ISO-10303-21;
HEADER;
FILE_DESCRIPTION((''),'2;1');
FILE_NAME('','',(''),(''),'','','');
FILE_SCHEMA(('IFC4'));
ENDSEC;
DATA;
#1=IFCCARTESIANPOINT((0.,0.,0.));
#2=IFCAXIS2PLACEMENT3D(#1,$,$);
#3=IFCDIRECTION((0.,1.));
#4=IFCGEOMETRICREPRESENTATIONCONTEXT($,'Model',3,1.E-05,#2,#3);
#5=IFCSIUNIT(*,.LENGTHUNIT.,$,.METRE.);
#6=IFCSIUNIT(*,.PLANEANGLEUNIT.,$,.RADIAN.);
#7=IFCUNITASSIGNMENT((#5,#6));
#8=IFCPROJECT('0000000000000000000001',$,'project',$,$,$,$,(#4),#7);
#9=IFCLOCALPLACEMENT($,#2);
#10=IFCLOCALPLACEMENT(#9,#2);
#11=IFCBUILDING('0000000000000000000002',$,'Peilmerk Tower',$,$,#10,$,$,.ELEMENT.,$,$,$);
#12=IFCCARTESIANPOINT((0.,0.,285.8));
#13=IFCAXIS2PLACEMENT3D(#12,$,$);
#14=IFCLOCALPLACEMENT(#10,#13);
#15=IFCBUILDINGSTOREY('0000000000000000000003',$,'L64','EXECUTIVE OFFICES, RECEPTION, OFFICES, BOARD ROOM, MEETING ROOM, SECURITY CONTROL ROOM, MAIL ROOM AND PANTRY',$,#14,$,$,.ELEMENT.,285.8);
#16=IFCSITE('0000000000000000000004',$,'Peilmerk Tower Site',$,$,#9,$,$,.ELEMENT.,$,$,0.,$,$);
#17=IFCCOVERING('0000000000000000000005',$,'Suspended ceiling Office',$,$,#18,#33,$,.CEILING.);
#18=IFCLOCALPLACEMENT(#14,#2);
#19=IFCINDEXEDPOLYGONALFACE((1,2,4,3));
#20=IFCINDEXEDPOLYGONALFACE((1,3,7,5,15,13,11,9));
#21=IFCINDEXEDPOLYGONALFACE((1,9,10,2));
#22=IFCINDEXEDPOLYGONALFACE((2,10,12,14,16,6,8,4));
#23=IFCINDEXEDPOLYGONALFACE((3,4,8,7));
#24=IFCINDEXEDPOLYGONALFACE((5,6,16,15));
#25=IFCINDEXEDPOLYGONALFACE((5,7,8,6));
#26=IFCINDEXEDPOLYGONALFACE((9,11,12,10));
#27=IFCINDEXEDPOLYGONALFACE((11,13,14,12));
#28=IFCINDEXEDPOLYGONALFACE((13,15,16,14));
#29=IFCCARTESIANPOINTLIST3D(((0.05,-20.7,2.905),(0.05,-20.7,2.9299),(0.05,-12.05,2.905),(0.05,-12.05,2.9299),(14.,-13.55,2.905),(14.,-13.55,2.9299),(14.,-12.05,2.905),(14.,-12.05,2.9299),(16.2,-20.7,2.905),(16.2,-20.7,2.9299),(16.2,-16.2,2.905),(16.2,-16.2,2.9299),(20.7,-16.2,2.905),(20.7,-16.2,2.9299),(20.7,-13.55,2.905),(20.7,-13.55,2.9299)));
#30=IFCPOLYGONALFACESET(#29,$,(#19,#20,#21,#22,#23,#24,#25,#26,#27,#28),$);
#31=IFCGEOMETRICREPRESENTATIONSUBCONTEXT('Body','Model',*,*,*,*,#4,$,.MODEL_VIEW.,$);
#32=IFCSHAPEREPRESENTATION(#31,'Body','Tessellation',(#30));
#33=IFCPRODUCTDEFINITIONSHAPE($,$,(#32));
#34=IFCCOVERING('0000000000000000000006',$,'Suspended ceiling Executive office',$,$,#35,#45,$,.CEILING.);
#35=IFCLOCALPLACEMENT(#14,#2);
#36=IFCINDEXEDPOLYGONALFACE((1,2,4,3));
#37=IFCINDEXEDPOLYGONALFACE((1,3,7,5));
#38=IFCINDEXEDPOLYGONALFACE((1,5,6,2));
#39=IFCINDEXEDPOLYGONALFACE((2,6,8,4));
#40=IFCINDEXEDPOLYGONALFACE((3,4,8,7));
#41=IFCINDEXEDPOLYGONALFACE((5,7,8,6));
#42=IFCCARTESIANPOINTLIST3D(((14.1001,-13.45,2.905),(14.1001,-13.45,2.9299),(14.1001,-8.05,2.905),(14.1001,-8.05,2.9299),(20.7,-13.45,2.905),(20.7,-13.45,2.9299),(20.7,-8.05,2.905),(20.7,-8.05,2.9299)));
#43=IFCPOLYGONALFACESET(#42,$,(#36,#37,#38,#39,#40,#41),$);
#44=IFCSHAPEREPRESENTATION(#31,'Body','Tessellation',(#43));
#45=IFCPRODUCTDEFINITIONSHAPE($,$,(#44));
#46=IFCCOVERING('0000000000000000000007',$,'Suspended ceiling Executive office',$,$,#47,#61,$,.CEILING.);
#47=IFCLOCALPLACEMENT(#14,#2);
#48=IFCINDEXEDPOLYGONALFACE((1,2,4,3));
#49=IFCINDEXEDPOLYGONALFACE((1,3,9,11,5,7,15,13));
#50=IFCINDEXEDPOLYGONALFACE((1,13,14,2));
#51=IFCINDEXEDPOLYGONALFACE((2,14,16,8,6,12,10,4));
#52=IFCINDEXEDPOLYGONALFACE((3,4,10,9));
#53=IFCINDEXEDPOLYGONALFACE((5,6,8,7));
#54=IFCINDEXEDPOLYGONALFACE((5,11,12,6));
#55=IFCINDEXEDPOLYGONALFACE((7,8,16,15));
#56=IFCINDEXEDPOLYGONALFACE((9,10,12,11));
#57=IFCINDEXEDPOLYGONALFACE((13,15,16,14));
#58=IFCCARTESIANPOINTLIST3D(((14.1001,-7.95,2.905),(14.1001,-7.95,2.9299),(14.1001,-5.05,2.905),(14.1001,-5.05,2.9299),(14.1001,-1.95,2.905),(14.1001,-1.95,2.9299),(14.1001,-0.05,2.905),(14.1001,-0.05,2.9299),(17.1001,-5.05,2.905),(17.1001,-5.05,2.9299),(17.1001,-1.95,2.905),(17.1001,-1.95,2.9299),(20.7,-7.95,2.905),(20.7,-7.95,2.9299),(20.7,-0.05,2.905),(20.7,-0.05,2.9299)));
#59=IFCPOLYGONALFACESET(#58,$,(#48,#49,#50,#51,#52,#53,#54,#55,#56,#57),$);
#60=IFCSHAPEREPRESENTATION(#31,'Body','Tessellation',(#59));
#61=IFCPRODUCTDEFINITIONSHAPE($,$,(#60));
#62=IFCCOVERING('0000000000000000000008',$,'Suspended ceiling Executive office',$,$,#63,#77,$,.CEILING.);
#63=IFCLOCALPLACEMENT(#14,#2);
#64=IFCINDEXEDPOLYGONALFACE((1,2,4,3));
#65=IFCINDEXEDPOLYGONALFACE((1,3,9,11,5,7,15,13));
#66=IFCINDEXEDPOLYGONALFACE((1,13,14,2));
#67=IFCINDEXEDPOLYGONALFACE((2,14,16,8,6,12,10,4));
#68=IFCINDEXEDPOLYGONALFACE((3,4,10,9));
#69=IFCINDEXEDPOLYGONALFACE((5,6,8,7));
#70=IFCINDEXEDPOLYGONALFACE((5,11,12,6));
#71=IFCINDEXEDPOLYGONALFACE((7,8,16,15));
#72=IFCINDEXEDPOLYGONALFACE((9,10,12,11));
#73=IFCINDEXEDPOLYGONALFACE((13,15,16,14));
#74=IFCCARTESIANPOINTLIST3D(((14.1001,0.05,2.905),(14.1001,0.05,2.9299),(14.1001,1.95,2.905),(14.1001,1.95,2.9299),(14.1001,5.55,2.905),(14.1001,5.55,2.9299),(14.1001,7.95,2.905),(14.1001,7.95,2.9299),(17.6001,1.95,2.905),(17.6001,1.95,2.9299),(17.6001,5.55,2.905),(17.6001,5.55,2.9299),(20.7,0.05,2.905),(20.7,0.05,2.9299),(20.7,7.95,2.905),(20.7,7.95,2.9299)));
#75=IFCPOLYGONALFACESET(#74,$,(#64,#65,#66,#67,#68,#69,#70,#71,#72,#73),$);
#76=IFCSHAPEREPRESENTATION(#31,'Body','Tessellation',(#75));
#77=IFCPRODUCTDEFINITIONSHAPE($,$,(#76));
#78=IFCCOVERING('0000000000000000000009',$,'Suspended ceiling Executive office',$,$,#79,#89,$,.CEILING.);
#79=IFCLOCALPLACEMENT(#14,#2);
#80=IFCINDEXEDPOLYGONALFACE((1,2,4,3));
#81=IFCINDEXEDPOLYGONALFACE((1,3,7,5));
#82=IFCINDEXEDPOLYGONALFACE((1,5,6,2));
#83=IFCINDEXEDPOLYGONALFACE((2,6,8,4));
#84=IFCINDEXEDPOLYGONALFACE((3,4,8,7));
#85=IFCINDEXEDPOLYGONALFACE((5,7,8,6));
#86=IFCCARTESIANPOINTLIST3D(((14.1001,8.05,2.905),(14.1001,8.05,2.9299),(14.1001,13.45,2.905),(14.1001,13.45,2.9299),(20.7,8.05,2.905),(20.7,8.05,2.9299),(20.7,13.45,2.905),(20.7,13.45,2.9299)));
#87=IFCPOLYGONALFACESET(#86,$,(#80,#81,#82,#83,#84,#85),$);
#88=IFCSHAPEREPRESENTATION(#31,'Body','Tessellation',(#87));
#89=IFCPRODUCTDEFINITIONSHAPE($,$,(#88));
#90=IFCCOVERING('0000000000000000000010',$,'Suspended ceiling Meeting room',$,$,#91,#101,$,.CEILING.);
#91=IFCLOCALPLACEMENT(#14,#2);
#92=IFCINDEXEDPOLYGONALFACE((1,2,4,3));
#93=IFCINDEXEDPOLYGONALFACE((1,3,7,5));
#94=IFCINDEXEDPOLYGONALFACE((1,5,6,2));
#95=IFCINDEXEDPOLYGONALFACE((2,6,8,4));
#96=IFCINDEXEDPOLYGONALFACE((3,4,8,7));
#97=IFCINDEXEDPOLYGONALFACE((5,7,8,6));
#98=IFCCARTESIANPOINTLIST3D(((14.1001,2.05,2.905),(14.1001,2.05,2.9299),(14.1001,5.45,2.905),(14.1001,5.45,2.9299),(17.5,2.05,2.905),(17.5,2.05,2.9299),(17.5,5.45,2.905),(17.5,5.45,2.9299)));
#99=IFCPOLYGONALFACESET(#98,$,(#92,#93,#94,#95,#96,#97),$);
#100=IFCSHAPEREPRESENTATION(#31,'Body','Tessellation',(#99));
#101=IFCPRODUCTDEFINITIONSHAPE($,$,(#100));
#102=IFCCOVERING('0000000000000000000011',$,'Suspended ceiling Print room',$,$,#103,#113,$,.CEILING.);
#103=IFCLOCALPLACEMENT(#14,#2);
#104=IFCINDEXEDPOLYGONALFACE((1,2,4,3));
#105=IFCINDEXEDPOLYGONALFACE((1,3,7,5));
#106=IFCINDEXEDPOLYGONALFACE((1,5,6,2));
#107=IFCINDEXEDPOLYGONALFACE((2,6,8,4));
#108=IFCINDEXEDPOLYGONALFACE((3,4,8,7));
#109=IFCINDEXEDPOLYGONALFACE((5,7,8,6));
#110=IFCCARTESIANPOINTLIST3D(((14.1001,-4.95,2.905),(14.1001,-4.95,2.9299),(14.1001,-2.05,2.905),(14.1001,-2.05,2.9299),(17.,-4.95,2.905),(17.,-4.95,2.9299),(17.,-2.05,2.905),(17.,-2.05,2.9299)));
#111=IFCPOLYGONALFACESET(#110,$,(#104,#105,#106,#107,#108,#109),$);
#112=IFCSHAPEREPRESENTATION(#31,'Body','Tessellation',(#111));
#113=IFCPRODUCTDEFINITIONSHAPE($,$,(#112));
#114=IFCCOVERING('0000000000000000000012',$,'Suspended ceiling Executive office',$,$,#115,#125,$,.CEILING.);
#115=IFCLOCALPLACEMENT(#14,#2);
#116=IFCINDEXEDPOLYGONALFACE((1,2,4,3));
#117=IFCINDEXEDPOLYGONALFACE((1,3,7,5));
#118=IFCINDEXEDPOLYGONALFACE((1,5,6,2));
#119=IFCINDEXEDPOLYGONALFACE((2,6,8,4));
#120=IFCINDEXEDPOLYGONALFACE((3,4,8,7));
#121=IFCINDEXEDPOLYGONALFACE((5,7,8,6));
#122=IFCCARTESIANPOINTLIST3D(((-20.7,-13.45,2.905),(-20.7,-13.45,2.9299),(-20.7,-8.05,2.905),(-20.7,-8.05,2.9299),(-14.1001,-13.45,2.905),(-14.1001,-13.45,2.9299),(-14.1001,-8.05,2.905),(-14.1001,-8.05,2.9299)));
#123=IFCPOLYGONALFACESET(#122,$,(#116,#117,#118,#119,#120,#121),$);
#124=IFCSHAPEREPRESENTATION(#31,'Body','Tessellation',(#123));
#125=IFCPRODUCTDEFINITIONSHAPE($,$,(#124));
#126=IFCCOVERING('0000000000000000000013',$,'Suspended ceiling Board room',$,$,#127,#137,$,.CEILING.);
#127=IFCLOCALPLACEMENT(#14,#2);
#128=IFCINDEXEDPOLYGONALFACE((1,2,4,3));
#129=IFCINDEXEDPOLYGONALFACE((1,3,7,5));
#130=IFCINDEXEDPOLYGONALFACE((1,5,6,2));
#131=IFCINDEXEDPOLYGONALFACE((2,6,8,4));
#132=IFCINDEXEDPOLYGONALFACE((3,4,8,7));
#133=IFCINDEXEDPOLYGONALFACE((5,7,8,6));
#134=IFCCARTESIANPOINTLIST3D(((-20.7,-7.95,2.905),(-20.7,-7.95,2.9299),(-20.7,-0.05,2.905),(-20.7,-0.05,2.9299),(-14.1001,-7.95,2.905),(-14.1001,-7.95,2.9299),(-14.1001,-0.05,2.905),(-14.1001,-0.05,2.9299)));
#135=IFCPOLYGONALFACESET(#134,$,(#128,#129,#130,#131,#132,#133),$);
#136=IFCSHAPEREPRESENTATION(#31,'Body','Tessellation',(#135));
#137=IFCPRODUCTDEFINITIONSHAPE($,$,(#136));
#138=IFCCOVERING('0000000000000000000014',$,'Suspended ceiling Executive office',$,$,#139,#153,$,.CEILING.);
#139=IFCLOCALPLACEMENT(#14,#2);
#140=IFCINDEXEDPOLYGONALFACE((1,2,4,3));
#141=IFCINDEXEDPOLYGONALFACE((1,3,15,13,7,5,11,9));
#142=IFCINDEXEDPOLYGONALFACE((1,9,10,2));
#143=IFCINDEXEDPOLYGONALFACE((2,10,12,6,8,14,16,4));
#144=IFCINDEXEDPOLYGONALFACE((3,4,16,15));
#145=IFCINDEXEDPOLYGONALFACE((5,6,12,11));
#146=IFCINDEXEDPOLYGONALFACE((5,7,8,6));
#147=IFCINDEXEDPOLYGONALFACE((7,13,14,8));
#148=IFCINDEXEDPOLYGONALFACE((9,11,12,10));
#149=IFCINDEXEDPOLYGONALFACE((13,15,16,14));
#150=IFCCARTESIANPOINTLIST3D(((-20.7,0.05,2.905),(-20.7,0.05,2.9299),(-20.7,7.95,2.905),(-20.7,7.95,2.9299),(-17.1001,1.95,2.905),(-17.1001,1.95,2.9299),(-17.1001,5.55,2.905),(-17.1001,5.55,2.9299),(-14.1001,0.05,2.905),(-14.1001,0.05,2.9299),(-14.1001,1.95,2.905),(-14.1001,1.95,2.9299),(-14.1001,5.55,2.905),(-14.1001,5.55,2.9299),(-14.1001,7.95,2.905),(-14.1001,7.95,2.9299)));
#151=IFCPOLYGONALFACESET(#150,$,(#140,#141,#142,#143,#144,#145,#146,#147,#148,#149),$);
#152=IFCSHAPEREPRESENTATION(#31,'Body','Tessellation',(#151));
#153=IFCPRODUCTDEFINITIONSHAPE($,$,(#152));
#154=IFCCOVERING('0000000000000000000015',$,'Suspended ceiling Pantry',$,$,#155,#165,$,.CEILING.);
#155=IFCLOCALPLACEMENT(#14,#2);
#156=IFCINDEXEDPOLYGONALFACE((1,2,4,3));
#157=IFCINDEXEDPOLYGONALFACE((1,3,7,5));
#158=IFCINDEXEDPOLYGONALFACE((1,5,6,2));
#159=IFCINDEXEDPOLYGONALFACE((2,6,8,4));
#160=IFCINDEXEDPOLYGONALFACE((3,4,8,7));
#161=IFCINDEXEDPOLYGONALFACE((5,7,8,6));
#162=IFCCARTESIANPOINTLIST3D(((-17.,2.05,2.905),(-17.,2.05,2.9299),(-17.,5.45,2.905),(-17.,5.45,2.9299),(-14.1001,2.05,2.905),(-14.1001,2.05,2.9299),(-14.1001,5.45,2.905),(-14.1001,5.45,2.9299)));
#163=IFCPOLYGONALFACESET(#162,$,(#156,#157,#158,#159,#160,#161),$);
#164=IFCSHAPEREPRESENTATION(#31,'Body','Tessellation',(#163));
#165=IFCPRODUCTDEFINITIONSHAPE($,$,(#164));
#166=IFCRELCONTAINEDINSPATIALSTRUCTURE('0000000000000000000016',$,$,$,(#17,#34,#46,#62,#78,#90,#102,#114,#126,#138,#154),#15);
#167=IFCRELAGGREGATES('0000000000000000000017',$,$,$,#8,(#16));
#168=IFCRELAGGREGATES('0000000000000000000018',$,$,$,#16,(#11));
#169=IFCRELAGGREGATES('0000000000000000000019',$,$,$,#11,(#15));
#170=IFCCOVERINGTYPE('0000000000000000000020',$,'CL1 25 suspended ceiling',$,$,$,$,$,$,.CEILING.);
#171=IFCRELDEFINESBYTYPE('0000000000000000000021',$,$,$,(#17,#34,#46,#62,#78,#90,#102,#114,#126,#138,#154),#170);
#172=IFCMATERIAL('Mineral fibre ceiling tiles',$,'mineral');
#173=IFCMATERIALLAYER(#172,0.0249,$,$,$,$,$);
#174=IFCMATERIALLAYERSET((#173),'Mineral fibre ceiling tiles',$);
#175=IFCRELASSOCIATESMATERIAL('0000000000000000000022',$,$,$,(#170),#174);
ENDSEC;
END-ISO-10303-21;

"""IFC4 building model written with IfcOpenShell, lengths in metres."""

from ifc_helpers import new_model, si_unit, direction, frame, origin, place, context, subcontext, project, spatial, polyline, outline, extrude, material, layer, layer_set, type_object, element, save


model = new_model("IFC4")

# Units and contexts
model_context = context("Model", 3, precision=1e-05, world=origin(), true_north=direction((0.0, 1.0)))
body_context = subcontext(model_context, "Body", "Model", "MODEL_VIEW")
ifc_project = project(units=[si_unit("LENGTHUNIT", "METRE"), si_unit("PLANEANGLEUNIT", "RADIAN")], contexts=[model_context])

# Site, building, storey
site_placement = place(None, origin())
site = spatial("IfcSite", under=ifc_project, at=site_placement, Name="Peilmerk Tower Site", CompositionType="ELEMENT", RefElevation=0.0)
building_placement = place(site_placement, origin())
building = spatial("IfcBuilding", under=site, at=building_placement, Name="Peilmerk Tower", CompositionType="ELEMENT")
storey_placement = place(building_placement, frame((0.0, 0.0, 285.8)))
storey = spatial("IfcBuildingStorey", under=building, at=storey_placement, Name="L64", Description="EXECUTIVE OFFICES, RECEPTION, OFFICES, BOARD ROOM, MEETING ROOM, SECURITY CONTROL ROOM, MAIL ROOM AND PANTRY", CompositionType="ELEMENT", Elevation=285.8)

# Coverings
ifc_material_1 = material(Name="Mineral fibre ceiling tiles", Category="mineral")
ifc_layer_1 = layer(ifc_material_1, 0.0249)
ifc_layer_set_1 = layer_set([ifc_layer_1], Name="Mineral fibre ceiling tiles")
covering_type = type_object("IfcCoveringType", Name="CL1 25 suspended ceiling", PredefinedType="CEILING", material=ifc_layer_set_1)
covering_1_placement = place(storey_placement, frame((0.0, 0.0, 2.905)))
element("IfcCovering", 1, at=covering_1_placement, inside=storey, type_object=covering_type, Name="Suspended ceiling Office", PredefinedType="CEILING", context=body_context, shape_type="SweptSolid", body=[
    extrude(outline(polyline([(0.05, -20.7), (16.2, -20.7), (16.2, -16.2), (20.7, -16.2), (20.7, -13.55), (14.0, -13.55), (14.0, -12.05), (0.05, -12.05), (0.05, -20.7)])), origin(), (0.0, 0.0, 1.0), 0.0249),
])
covering_2_placement = place(storey_placement, frame((0.0, 0.0, 2.905)))
element("IfcCovering", 2, at=covering_2_placement, inside=storey, type_object=covering_type, Name="Suspended ceiling Executive office", PredefinedType="CEILING", context=body_context, shape_type="SweptSolid", body=[
    extrude(outline(polyline([(20.7, -13.45), (20.7, -8.05), (14.1001, -8.05), (14.1001, -13.45), (20.7, -13.45)])), origin(), (0.0, 0.0, 1.0), 0.0249),
])
covering_3_placement = place(storey_placement, frame((0.0, 0.0, 2.905)))
element("IfcCovering", 3, at=covering_3_placement, inside=storey, type_object=covering_type, Name="Suspended ceiling Executive office", PredefinedType="CEILING", context=body_context, shape_type="SweptSolid", body=[
    extrude(outline(polyline([(14.1001, -7.95), (20.7, -7.95), (20.7, -0.05), (14.1001, -0.05), (14.1001, -1.95), (17.1001, -1.95), (17.1001, -5.05), (14.1001, -5.05), (14.1001, -7.95)])), origin(), (0.0, 0.0, 1.0), 0.0249),
])
covering_4_placement = place(storey_placement, frame((0.0, 0.0, 2.905)))
element("IfcCovering", 4, at=covering_4_placement, inside=storey, type_object=covering_type, Name="Suspended ceiling Executive office", PredefinedType="CEILING", context=body_context, shape_type="SweptSolid", body=[
    extrude(outline(polyline([(14.1001, 0.05), (20.7, 0.05), (20.7, 7.95), (14.1001, 7.95), (14.1001, 5.55), (17.6001, 5.55), (17.6001, 1.95), (14.1001, 1.95), (14.1001, 0.05)])), origin(), (0.0, 0.0, 1.0), 0.0249),
])
covering_5_placement = place(storey_placement, frame((0.0, 0.0, 2.905)))
element("IfcCovering", 5, at=covering_5_placement, inside=storey, type_object=covering_type, Name="Suspended ceiling Executive office", PredefinedType="CEILING", context=body_context, shape_type="SweptSolid", body=[
    extrude(outline(polyline([(20.7, 8.05), (20.7, 13.45), (14.1001, 13.45), (14.1001, 8.05), (20.7, 8.05)])), origin(), (0.0, 0.0, 1.0), 0.0249),
])
covering_6_placement = place(storey_placement, frame((0.0, 0.0, 2.905)))
element("IfcCovering", 6, at=covering_6_placement, inside=storey, type_object=covering_type, Name="Suspended ceiling Meeting room", PredefinedType="CEILING", context=body_context, shape_type="SweptSolid", body=[
    extrude(outline(polyline([(17.5, 2.05), (17.5, 5.45), (14.1001, 5.45), (14.1001, 2.05), (17.5, 2.05)])), origin(), (0.0, 0.0, 1.0), 0.0249),
])
covering_7_placement = place(storey_placement, frame((0.0, 0.0, 2.905)))
element("IfcCovering", 7, at=covering_7_placement, inside=storey, type_object=covering_type, Name="Suspended ceiling Print room", PredefinedType="CEILING", context=body_context, shape_type="SweptSolid", body=[
    extrude(outline(polyline([(17.0, -4.95), (17.0, -2.05), (14.1001, -2.05), (14.1001, -4.95), (17.0, -4.95)])), origin(), (0.0, 0.0, 1.0), 0.0249),
])
covering_8_placement = place(storey_placement, frame((0.0, 0.0, 2.905)))
element("IfcCovering", 8, at=covering_8_placement, inside=storey, type_object=covering_type, Name="Suspended ceiling Executive office", PredefinedType="CEILING", context=body_context, shape_type="SweptSolid", body=[
    extrude(outline(polyline([(-20.7, -8.05), (-20.7, -13.45), (-14.1001, -13.45), (-14.1001, -8.05), (-20.7, -8.05)])), origin(), (0.0, 0.0, 1.0), 0.0249),
])
covering_9_placement = place(storey_placement, frame((0.0, 0.0, 2.905)))
element("IfcCovering", 9, at=covering_9_placement, inside=storey, type_object=covering_type, Name="Suspended ceiling Board room", PredefinedType="CEILING", context=body_context, shape_type="SweptSolid", body=[
    extrude(outline(polyline([(-20.7, -0.05), (-20.7, -7.95), (-14.1001, -7.95), (-14.1001, -0.05), (-20.7, -0.05)])), origin(), (0.0, 0.0, 1.0), 0.0249),
])
covering_10_placement = place(storey_placement, frame((0.0, 0.0, 2.905)))
element("IfcCovering", 10, at=covering_10_placement, inside=storey, type_object=covering_type, Name="Suspended ceiling Executive office", PredefinedType="CEILING", context=body_context, shape_type="SweptSolid", body=[
    extrude(outline(polyline([(-14.1001, 7.95), (-20.7, 7.95), (-20.7, 0.05), (-14.1001, 0.05), (-14.1001, 1.95), (-17.1001, 1.95), (-17.1001, 5.55), (-14.1001, 5.55), (-14.1001, 7.95)])), origin(), (0.0, 0.0, 1.0), 0.0249),
])
covering_11_placement = place(storey_placement, frame((0.0, 0.0, 2.905)))
element("IfcCovering", 11, at=covering_11_placement, inside=storey, type_object=covering_type, Name="Suspended ceiling Pantry", PredefinedType="CEILING", context=body_context, shape_type="SweptSolid", body=[
    extrude(outline(polyline([(-14.1001, 2.05), (-14.1001, 5.45), (-17.0, 5.45), (-17.0, 2.05), (-14.1001, 2.05)])), origin(), (0.0, 0.0, 1.0), 0.0249),
])

save(model, "model.ifc")
